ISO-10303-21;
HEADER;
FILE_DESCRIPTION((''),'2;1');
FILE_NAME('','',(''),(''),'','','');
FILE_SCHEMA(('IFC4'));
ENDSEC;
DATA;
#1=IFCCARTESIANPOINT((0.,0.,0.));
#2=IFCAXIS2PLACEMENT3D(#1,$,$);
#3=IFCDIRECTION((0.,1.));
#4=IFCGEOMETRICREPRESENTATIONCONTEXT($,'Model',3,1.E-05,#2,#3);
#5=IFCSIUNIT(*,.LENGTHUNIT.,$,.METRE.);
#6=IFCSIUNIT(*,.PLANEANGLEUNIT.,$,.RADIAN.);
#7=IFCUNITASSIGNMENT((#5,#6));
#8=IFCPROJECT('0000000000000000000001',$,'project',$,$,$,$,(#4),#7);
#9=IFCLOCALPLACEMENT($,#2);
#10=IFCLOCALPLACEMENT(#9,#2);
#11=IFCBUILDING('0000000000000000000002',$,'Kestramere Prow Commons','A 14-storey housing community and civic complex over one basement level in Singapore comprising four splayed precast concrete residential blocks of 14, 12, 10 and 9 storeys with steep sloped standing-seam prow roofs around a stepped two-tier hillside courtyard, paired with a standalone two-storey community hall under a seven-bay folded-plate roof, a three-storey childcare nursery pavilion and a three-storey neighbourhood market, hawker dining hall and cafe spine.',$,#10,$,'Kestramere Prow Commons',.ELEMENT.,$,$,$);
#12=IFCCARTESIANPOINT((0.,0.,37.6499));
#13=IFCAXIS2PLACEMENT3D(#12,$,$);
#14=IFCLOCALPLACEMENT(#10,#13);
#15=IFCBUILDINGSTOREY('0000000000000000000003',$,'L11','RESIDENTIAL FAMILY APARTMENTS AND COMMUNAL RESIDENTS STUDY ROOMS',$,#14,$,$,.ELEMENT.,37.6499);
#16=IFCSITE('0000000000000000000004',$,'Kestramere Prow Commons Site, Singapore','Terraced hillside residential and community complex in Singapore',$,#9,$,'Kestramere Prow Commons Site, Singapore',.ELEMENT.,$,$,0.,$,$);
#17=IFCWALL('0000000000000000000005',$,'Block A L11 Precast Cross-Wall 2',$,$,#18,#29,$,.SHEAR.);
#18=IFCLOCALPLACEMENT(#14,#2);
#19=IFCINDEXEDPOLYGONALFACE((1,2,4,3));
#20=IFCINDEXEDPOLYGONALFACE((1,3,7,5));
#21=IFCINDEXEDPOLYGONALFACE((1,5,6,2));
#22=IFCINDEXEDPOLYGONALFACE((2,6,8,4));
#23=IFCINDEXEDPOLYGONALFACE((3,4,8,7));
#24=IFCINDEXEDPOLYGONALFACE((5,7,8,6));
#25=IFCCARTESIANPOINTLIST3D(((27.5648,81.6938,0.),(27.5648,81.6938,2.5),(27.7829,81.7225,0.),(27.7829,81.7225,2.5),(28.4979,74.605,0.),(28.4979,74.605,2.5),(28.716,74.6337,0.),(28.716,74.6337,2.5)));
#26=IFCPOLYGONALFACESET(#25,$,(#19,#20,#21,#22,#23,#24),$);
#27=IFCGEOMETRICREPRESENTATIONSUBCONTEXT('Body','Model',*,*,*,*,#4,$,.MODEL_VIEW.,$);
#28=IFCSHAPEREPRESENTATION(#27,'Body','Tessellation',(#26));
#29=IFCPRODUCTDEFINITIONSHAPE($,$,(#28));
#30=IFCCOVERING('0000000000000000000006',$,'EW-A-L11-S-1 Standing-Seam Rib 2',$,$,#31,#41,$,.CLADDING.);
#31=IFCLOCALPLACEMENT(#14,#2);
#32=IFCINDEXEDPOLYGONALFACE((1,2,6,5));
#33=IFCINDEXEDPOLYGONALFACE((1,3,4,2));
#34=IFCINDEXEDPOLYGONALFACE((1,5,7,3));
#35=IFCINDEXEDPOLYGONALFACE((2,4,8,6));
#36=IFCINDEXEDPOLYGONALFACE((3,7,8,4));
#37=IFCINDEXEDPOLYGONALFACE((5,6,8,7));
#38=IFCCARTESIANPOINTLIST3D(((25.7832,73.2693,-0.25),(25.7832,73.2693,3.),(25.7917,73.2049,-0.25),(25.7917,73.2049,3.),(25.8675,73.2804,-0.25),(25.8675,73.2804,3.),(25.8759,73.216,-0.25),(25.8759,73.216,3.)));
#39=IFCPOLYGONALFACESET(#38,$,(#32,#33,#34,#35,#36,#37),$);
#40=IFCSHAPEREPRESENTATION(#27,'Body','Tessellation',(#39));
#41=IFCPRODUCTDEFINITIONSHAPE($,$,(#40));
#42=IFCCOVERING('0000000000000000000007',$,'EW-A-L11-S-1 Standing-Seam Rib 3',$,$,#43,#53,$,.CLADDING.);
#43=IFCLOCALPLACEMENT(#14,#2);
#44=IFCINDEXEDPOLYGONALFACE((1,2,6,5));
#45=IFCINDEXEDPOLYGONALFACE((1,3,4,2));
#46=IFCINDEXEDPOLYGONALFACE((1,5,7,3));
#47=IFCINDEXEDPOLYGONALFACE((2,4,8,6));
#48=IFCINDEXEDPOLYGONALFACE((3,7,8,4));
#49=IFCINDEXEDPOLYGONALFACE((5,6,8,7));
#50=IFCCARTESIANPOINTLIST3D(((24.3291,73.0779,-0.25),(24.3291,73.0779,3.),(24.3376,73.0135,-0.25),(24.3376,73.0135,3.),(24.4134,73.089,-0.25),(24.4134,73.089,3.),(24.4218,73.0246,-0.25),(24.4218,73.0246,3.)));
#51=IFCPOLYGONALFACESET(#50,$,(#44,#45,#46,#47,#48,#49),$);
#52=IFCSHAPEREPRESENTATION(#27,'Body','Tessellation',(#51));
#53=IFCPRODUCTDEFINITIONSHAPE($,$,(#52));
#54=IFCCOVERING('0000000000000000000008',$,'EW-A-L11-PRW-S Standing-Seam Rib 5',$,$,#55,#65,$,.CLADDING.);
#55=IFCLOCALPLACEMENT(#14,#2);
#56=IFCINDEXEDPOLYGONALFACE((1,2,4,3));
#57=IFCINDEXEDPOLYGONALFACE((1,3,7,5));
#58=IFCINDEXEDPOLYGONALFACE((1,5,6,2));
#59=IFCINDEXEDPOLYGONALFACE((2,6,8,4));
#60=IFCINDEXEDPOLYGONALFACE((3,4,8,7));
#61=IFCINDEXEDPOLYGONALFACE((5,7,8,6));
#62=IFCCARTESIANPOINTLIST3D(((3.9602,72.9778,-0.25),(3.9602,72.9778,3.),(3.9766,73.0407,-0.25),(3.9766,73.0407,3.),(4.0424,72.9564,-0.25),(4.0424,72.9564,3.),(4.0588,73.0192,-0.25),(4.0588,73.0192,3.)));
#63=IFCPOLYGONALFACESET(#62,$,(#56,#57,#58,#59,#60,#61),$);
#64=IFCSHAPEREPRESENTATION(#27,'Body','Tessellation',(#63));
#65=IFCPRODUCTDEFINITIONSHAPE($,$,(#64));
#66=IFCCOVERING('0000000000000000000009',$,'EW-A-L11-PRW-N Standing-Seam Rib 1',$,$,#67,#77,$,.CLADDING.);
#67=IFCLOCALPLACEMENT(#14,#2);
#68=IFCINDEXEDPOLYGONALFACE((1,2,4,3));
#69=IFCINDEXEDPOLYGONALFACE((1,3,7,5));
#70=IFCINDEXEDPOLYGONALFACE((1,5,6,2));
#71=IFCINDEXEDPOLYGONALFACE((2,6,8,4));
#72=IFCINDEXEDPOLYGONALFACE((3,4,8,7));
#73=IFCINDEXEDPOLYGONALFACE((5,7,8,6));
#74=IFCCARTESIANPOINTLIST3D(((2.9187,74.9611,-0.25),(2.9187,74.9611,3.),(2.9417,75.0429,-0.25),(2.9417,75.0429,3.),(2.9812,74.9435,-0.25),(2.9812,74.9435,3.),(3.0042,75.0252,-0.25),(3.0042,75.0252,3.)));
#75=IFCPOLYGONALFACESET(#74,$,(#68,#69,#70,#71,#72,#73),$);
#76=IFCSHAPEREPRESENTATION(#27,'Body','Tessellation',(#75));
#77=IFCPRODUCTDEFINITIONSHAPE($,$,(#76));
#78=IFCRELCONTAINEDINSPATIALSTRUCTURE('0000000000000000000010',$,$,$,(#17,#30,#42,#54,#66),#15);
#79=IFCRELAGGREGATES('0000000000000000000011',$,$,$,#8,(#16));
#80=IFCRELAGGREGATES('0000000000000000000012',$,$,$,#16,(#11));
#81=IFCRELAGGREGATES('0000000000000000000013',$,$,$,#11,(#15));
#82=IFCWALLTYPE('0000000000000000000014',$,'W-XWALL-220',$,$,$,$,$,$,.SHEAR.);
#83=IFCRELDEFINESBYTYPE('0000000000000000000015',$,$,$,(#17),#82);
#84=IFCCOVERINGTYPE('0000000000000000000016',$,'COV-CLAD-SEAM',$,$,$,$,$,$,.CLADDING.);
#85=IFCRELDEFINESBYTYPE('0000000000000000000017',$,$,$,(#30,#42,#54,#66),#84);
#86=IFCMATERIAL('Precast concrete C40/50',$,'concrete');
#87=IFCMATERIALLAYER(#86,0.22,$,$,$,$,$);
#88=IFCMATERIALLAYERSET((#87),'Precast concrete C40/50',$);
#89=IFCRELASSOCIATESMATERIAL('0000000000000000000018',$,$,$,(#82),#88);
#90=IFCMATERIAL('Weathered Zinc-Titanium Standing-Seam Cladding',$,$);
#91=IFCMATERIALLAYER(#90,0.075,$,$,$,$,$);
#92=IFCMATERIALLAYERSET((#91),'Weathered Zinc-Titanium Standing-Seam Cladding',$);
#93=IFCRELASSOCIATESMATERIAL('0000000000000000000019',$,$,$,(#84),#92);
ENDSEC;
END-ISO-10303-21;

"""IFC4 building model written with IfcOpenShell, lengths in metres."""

from ifc_helpers import new_model, si_unit, direction, frame, frame_2d, origin, origin_2d, place, context, subcontext, project, spatial, rectangle, extrude, material, layer, layer_set, type_object, element, save


model = new_model("IFC4")

# Units and contexts
model_context = context("Model", 3, precision=1e-05, world=origin(), true_north=direction((0.0, 1.0)))
body_context = subcontext(model_context, "Body", "Model", "MODEL_VIEW")
ifc_project = project(units=[si_unit("LENGTHUNIT", "METRE"), si_unit("PLANEANGLEUNIT", "RADIAN")], contexts=[model_context])

# Site, building, storey
site_placement = place(None, origin())
site = spatial("IfcSite", under=ifc_project, at=site_placement, Name="Kestramere Prow Commons Site, Singapore", Description="Terraced hillside residential and community complex in Singapore", LongName="Kestramere Prow Commons Site, Singapore", CompositionType="ELEMENT", RefElevation=0.0)
building_placement = place(site_placement, origin())
building = spatial("IfcBuilding", under=site, at=building_placement, Name="Kestramere Prow Commons", Description="A 14-storey housing community and civic complex over one basement level in Singapore comprising four splayed precast concrete residential blocks of 14, 12, 10 and 9 storeys with steep sloped standing-seam prow roofs around a stepped two-tier hillside courtyard, paired with a standalone two-storey community hall under a seven-bay folded-plate roof, a three-storey childcare nursery pavilion and a three-storey neighbourhood market, hawker dining hall and cafe spine.", LongName="Kestramere Prow Commons", CompositionType="ELEMENT")
storey_placement = place(building_placement, frame((0.0, 0.0, 37.6499)))
storey = spatial("IfcBuildingStorey", under=building, at=storey_placement, Name="L11", Description="RESIDENTIAL FAMILY APARTMENTS AND COMMUNAL RESIDENTS STUDY ROOMS", CompositionType="ELEMENT", Elevation=37.6499)

# Shared definitions
ifc_material_1 = material(Name="Precast concrete C40/50", Category="concrete")

# Shared definitions
ifc_material_2 = material(Name="Weathered Zinc-Titanium Standing-Seam Cladding")

# Wall
ifc_layer_1 = layer(ifc_material_1, 0.22)
ifc_layer_set_1 = layer_set([ifc_layer_1], Name="Precast concrete C40/50")
wall_type_1 = type_object("IfcWallType", Name="W-XWALL-220", PredefinedType="SHEAR", material=ifc_layer_set_1)
for number, where, z_axis, x_axis, name in (
    (1, (28.6069, 74.6194, 0.0), (0.0, 0.0, 1.0), (-0.130504, 0.991448, 0.0), "Block A L11 Precast Cross-Wall 2"),
):
    element("IfcWall", number, at=place(storey_placement, frame(where, z_axis=z_axis, x_axis=x_axis)), inside=storey, type_object=wall_type_1, Name=name, PredefinedType="SHEAR", context=body_context, shape_type="SweptSolid", body=[
        extrude(rectangle(XDim=7.1499, YDim=0.22, at=frame_2d((3.575, 0.0))), origin(), (0.0, 0.0, 1.0), 2.5),
    ])

# Coverings
ifc_layer_2 = layer(ifc_material_2, 0.075)
ifc_layer_set_2 = layer_set([ifc_layer_2], Name="Weathered Zinc-Titanium Standing-Seam Cladding")
covering_type = type_object("IfcCoveringType", Name="COV-CLAD-SEAM", PredefinedType="CLADDING", material=ifc_layer_set_2)
for number, where, z_axis, x_axis, name in (
    (2, (25.8296, 73.2427, -0.25), (0.0, 0.0, 1.0), (-0.991445, -0.130526, 0.0), "EW-A-L11-S-1 Standing-Seam Rib 2"),
    (3, (24.3755, 73.0513, -0.25), (0.0, 0.0, 1.0), (-0.991445, -0.130526, 0.0), "EW-A-L11-S-1 Standing-Seam Rib 3"),
    (4, (4.0095, 72.9985, -0.25), (0.0, 0.0, 1.0), (-0.967698, 0.252112, 0.0), "EW-A-L11-PRW-S Standing-Seam Rib 5"),
    (5, (2.9614, 74.9932, -0.25), (0.0, 0.0, 1.0), (0.27116, 0.962534, 0.0), "EW-A-L11-PRW-N Standing-Seam Rib 1"),
):
    element("IfcCovering", number, at=place(storey_placement, frame(where, z_axis=z_axis, x_axis=x_axis)), inside=storey, type_object=covering_type, Name=name, PredefinedType="CLADDING", context=body_context, shape_type="SweptSolid", body=[
        extrude(rectangle(XDim=0.085, YDim=0.0649, at=origin_2d()), origin(), (0.0, 0.0, 1.0), 3.25),
    ])

save(model, "model.ifc")
